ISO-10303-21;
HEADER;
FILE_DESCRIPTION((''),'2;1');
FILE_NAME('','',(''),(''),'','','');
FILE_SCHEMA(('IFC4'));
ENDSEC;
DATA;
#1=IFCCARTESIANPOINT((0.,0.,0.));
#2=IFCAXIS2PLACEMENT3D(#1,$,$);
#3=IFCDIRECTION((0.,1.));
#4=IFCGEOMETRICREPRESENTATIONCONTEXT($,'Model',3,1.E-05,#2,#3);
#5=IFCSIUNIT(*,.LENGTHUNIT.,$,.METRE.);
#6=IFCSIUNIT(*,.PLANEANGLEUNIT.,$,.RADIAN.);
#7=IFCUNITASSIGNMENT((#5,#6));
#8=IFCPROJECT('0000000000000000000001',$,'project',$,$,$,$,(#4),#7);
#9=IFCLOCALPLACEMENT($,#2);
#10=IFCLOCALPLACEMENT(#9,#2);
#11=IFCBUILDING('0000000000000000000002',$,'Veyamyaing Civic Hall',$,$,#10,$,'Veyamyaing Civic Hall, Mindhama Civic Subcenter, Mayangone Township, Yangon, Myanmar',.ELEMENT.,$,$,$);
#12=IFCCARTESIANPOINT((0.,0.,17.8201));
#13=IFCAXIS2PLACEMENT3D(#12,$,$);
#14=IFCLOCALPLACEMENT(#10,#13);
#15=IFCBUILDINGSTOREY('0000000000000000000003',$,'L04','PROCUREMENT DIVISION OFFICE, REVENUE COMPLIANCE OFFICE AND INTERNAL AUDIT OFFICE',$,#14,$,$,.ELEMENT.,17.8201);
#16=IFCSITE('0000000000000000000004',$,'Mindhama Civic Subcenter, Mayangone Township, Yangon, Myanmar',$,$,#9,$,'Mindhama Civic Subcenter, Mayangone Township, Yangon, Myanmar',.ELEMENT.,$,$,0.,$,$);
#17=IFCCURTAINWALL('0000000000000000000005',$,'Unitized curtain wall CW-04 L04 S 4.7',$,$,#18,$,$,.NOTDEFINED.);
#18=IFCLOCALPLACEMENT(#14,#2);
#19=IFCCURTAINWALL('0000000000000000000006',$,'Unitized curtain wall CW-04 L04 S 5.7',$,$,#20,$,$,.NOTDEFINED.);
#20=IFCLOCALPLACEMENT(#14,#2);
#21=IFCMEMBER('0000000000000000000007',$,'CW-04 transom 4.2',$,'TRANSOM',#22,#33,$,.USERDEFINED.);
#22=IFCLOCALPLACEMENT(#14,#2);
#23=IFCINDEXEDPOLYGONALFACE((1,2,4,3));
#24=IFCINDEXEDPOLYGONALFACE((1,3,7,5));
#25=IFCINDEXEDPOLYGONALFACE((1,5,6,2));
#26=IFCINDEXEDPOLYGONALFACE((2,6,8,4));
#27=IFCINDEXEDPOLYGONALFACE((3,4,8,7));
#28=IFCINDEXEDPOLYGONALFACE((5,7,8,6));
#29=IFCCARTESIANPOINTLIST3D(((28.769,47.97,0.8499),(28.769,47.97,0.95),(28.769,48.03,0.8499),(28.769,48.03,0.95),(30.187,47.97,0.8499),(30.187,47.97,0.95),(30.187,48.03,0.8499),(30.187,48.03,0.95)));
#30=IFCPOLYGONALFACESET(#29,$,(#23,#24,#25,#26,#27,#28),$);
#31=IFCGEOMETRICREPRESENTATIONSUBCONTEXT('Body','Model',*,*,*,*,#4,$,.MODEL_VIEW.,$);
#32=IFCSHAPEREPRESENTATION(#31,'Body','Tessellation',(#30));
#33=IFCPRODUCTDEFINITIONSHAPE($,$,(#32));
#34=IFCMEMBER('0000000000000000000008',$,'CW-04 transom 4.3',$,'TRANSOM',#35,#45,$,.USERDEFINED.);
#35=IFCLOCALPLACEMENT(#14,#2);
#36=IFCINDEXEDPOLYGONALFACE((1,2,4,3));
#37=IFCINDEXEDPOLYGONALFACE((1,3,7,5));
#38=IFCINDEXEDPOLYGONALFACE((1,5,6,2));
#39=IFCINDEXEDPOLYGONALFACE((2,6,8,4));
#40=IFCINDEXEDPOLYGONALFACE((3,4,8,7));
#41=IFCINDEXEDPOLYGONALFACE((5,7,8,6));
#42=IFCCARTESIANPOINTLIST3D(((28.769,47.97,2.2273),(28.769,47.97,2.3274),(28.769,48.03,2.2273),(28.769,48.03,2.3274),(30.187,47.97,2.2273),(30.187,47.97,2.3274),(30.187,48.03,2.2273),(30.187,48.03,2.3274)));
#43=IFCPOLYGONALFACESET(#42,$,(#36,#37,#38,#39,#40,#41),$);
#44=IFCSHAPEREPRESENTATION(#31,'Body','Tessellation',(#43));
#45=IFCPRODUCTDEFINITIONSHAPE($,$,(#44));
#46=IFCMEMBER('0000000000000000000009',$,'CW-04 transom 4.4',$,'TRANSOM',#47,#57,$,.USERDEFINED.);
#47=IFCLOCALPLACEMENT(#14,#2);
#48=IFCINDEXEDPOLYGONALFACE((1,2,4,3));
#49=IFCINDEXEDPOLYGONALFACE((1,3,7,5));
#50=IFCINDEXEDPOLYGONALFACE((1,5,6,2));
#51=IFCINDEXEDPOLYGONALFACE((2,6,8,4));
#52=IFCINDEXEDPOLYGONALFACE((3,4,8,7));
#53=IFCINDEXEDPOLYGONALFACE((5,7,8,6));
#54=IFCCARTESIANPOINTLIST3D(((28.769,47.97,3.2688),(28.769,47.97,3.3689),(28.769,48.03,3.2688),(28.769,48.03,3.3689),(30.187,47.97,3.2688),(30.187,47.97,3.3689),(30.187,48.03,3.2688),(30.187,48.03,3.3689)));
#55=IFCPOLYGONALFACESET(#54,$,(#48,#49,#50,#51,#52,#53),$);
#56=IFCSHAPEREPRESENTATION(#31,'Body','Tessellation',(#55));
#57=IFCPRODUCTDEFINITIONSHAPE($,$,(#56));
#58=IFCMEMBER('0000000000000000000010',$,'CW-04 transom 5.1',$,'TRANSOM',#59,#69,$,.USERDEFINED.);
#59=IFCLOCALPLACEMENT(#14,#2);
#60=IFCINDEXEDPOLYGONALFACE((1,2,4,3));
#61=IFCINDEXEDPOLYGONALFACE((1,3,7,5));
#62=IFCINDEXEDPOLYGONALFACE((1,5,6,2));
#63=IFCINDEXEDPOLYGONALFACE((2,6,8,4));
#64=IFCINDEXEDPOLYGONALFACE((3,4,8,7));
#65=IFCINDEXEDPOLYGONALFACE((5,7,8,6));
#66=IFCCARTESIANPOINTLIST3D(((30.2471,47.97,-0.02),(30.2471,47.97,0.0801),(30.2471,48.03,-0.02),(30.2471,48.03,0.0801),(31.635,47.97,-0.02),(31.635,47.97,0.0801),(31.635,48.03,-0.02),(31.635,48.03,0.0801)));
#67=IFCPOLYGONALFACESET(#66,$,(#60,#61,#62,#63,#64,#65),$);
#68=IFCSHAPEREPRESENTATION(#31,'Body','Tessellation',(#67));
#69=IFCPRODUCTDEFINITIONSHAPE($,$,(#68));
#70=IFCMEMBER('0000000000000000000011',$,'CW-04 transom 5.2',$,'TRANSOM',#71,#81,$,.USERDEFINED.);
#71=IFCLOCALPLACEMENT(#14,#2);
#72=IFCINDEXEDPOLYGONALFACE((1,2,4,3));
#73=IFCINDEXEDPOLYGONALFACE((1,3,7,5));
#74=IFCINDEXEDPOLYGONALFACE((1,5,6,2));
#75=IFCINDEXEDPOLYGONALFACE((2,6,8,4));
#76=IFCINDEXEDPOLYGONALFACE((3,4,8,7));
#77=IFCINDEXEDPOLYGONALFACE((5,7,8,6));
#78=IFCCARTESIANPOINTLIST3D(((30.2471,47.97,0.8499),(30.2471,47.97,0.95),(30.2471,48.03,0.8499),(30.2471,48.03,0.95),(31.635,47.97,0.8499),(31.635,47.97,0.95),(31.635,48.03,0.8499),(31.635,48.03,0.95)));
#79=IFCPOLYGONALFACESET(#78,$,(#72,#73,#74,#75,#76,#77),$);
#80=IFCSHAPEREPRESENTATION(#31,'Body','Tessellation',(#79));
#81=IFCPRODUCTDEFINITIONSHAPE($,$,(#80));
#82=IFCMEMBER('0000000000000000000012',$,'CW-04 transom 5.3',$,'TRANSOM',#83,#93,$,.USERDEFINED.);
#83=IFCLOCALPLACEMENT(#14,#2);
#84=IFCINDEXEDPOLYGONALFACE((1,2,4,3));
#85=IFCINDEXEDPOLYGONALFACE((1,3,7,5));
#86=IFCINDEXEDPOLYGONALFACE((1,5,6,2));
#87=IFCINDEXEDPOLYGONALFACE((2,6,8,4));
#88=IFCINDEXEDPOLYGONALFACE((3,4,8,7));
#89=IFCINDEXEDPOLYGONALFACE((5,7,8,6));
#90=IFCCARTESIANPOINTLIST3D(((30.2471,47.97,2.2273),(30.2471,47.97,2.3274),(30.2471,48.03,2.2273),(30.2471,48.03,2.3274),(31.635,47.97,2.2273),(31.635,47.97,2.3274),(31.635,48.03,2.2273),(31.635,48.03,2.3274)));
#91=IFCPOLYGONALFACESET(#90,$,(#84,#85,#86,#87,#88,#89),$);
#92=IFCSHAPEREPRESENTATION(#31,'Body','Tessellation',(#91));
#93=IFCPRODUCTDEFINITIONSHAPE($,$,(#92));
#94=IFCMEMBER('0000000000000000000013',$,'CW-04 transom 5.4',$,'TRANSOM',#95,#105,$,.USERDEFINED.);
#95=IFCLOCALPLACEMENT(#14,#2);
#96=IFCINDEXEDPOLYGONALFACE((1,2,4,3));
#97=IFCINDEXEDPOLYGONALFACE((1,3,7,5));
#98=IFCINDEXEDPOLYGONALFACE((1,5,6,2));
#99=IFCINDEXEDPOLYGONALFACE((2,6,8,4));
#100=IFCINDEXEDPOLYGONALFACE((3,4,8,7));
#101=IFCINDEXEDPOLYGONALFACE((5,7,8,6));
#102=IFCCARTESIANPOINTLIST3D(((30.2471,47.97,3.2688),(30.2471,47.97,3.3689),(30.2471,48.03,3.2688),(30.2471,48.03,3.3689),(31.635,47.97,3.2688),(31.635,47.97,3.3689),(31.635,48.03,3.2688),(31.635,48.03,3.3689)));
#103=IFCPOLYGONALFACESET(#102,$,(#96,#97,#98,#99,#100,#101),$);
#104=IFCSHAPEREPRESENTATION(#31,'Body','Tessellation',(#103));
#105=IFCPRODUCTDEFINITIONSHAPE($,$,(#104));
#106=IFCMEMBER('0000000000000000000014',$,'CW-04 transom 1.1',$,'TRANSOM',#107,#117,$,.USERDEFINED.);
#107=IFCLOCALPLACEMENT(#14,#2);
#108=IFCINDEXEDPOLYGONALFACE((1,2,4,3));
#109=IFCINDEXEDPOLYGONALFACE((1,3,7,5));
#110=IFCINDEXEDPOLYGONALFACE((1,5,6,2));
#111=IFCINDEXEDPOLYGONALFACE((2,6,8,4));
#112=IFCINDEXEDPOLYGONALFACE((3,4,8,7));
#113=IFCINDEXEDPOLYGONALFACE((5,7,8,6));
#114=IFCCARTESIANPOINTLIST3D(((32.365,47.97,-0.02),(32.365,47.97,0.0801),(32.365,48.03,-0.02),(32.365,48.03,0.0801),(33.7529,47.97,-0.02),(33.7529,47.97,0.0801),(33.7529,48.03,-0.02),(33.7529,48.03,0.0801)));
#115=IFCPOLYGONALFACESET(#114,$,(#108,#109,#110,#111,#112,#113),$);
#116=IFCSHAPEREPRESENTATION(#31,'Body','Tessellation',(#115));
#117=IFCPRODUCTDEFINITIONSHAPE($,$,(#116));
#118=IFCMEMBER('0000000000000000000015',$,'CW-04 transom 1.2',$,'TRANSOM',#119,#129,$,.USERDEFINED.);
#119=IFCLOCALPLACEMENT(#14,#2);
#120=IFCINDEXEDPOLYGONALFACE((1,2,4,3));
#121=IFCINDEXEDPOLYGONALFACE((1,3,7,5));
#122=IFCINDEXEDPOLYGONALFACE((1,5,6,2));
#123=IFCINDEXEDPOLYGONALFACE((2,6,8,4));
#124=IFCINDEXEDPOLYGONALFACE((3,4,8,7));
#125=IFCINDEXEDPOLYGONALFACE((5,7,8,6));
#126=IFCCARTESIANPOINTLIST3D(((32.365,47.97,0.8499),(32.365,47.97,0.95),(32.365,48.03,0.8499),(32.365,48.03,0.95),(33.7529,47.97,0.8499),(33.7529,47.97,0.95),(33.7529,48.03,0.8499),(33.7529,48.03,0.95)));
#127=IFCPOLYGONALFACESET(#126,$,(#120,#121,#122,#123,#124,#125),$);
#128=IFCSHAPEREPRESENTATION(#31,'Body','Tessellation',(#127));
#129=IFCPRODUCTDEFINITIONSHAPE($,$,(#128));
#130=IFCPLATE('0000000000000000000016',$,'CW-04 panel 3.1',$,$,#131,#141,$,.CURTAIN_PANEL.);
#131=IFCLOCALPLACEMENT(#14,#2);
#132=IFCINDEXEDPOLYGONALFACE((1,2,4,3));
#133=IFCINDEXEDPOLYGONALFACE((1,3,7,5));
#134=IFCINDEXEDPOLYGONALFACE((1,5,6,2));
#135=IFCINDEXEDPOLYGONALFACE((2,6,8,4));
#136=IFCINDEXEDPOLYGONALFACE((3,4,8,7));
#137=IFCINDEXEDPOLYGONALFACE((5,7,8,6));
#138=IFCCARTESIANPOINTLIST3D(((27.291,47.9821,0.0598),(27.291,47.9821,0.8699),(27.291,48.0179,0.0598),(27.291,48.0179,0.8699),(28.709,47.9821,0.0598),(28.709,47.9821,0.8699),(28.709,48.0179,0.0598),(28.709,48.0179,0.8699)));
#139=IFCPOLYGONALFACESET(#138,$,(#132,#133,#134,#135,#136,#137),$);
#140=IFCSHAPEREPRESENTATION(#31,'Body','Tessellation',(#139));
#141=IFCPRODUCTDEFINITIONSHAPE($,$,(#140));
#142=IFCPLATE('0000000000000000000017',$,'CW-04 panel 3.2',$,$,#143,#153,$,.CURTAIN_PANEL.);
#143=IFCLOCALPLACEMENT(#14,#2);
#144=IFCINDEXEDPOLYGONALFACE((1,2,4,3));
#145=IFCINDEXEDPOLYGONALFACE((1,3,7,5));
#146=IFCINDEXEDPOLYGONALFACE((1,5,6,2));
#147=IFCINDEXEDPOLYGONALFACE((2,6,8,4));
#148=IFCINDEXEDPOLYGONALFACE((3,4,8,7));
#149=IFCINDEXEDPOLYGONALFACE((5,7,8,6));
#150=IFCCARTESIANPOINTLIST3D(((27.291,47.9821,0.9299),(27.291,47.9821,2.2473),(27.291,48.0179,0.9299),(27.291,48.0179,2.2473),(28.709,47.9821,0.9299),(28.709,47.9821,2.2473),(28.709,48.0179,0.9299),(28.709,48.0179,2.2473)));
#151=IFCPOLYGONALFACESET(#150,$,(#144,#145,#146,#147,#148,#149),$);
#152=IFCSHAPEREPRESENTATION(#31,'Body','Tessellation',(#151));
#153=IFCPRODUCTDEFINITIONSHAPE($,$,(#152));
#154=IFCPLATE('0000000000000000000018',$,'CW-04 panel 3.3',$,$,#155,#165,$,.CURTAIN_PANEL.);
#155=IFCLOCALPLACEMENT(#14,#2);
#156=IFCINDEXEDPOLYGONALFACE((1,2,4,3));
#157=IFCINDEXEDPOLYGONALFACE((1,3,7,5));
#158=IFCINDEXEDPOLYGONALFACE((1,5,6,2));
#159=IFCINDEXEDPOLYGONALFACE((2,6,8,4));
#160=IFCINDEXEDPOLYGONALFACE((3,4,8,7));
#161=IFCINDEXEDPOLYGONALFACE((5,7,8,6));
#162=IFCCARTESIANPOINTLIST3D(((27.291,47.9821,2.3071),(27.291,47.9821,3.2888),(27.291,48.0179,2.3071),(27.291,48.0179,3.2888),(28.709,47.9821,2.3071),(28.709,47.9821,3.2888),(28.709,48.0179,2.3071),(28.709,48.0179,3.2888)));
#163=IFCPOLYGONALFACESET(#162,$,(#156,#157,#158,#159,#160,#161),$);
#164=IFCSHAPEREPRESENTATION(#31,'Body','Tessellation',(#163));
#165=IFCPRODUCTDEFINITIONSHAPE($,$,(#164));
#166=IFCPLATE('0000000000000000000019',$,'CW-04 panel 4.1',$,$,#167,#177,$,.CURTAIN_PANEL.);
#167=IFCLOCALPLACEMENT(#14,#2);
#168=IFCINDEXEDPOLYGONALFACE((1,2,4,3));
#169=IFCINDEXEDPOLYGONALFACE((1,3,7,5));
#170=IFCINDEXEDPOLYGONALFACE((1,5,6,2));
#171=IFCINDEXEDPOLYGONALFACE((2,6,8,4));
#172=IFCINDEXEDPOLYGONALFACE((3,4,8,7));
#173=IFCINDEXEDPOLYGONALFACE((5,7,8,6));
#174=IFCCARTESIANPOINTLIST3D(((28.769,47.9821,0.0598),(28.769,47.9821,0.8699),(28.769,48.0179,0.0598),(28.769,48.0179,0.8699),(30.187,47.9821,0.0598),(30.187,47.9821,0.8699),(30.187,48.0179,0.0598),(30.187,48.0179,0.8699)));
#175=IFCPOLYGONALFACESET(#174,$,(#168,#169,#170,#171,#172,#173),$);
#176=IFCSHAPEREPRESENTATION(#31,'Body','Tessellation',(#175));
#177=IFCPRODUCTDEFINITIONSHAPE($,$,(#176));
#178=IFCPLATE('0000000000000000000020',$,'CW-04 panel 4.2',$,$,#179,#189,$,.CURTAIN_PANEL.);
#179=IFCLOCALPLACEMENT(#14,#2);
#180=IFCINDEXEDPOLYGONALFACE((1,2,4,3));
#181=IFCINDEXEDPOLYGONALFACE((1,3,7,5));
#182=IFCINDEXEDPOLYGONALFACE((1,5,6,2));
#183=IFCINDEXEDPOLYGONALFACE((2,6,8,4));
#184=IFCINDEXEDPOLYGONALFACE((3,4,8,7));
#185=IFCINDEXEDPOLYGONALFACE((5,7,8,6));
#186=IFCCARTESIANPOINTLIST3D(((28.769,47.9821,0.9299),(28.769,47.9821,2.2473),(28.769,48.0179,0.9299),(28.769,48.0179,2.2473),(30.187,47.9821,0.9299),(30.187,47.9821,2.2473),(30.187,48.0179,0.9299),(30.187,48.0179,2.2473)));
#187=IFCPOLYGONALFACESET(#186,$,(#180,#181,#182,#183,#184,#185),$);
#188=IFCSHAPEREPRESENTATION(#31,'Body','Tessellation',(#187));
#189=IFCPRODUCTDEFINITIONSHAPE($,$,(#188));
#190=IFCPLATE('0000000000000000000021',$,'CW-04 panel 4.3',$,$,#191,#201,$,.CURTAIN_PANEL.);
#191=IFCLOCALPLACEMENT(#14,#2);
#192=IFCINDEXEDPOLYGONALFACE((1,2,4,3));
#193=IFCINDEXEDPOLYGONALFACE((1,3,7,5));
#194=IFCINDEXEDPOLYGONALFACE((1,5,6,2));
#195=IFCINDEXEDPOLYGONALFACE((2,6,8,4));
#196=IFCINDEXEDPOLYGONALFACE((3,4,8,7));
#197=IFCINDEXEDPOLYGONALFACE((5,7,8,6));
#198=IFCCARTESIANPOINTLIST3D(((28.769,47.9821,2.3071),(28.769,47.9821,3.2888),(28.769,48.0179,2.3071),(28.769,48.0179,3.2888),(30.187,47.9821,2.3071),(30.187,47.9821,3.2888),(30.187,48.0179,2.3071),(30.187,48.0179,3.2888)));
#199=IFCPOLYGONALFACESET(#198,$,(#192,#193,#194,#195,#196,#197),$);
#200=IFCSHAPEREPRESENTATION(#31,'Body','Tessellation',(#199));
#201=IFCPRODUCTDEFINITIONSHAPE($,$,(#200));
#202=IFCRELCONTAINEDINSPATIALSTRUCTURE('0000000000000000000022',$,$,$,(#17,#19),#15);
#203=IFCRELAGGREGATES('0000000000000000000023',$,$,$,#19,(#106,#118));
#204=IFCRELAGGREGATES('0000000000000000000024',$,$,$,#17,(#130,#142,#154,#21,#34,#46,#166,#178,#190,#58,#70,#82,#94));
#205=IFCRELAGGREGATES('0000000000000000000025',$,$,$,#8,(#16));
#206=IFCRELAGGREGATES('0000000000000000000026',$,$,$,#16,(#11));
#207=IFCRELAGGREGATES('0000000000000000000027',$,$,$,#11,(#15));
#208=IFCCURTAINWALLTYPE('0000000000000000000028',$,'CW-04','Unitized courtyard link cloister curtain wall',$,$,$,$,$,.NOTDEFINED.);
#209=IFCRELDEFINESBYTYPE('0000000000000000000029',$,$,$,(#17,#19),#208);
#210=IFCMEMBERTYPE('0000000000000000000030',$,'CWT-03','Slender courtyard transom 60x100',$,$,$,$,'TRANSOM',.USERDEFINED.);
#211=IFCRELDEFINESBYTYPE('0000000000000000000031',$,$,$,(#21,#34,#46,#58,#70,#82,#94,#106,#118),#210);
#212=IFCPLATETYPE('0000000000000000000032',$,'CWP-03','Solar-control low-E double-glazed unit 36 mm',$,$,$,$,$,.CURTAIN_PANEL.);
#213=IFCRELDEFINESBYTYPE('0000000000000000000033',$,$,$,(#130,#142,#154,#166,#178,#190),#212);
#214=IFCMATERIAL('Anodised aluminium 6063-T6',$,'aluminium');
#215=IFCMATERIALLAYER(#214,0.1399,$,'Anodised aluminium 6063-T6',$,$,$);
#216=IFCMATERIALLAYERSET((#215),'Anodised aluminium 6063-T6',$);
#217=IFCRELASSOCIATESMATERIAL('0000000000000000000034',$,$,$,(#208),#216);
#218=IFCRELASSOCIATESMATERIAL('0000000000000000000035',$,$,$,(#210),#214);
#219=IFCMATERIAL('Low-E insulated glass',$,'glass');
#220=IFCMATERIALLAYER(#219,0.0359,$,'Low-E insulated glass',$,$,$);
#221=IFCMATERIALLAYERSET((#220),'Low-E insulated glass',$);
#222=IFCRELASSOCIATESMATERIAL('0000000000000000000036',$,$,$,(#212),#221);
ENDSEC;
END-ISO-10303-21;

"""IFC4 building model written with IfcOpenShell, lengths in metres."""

from ifc_helpers import new_model, si_unit, direction, frame, origin, origin_2d, place, context, subcontext, project, spatial, rectangle, extrude, material, layer, layer_set, material_profile, profile_set, type_object, element, aggregate, save


model = new_model("IFC4")

# Units and contexts
model_context = context("Model", 3, precision=1e-05, world=origin(), true_north=direction((0.0, 1.0)))
body_context = subcontext(model_context, "Body", "Model", "MODEL_VIEW")
ifc_project = project(units=[si_unit("LENGTHUNIT", "METRE"), si_unit("PLANEANGLEUNIT", "RADIAN")], contexts=[model_context])

# Site, building, storey
site_placement = place(None, origin())
site = spatial("IfcSite", under=ifc_project, at=site_placement, Name="Mindhama Civic Subcenter, Mayangone Township, Yangon, Myanmar", LongName="Mindhama Civic Subcenter, Mayangone Township, Yangon, Myanmar", CompositionType="ELEMENT", RefElevation=0.0)
building_placement = place(site_placement, origin())
building = spatial("IfcBuilding", under=site, at=building_placement, Name="Veyamyaing Civic Hall", LongName="Veyamyaing Civic Hall, Mindhama Civic Subcenter, Mayangone Township, Yangon, Myanmar", CompositionType="ELEMENT")
storey_placement = place(building_placement, frame((0.0, 0.0, 17.8201)))
storey = spatial("IfcBuildingStorey", under=building, at=storey_placement, Name="L04", Description="PROCUREMENT DIVISION OFFICE, REVENUE COMPLIANCE OFFICE AND INTERNAL AUDIT OFFICE", CompositionType="ELEMENT", Elevation=17.8201)

# Curtain wall
ifc_material_1 = material(Name="Anodised aluminium 6063-T6", Category="aluminium")
ifc_layer_1 = layer(ifc_material_1, 0.1399, Name="Anodised aluminium 6063-T6")
ifc_layer_set_1 = layer_set([ifc_layer_1], Name="Anodised aluminium 6063-T6")
curtain_wall_type = type_object("IfcCurtainWallType", Name="CW-04", Description="Unitized courtyard link cloister curtain wall", PredefinedType="NOTDEFINED", material=ifc_layer_set_1)
curtain_wall_1_placement = place(storey_placement, origin())
curtain_wall_1 = element("IfcCurtainWall", 1, at=curtain_wall_1_placement, inside=storey, type_object=curtain_wall_type, Name="Unitized curtain wall CW-04 L04 S 4.7", PredefinedType="NOTDEFINED")

# Curtain wall
curtain_wall_2_placement = place(storey_placement, origin())
curtain_wall_2 = element("IfcCurtainWall", 2, at=curtain_wall_2_placement, inside=storey, type_object=curtain_wall_type, Name="Unitized curtain wall CW-04 L04 S 5.7", PredefinedType="NOTDEFINED")

# Members
ifc_material_profile_1 = material_profile(ifc_material_1, rectangle(XDim=0.0601, YDim=0.1001, at=origin_2d()), Name="ALU-TRN-60X100")
ifc_profile_set_1 = profile_set([ifc_material_profile_1], Name="Anodised aluminium 6063-T6")
member_type_1 = type_object("IfcMemberType", Name="CWT-03", Description="Slender courtyard transom 60x100", ElementType="TRANSOM", PredefinedType="USERDEFINED", material=ifc_profile_set_1)
member_1_placement = place(storey_placement, frame((28.769, 48.0, 0.8999), z_axis=(1.0, 0.0, 0.0), x_axis=(0.0, 1.0, 0.0)))
member_1 = element("IfcMember", 3, at=member_1_placement, type_object=member_type_1, Name="CW-04 transom 4.2", ObjectType="TRANSOM", PredefinedType="USERDEFINED", context=body_context, shape_type="SweptSolid", body=[
    extrude(rectangle(XDim=0.0601, YDim=0.1001, at=origin_2d()), origin(), (0.0, 0.0, 1.0), 1.418),
])
member_2_placement = place(storey_placement, frame((28.769, 48.0, 2.2773), z_axis=(1.0, 0.0, 0.0), x_axis=(0.0, 1.0, 0.0)))
member_2 = element("IfcMember", 4, at=member_2_placement, type_object=member_type_1, Name="CW-04 transom 4.3", ObjectType="TRANSOM", PredefinedType="USERDEFINED", context=body_context, shape_type="SweptSolid", body=[
    extrude(rectangle(XDim=0.0601, YDim=0.1001, at=origin_2d()), origin(), (0.0, 0.0, 1.0), 1.418),
])
member_3_placement = place(storey_placement, frame((28.769, 48.0, 3.3188), z_axis=(1.0, 0.0, 0.0), x_axis=(0.0, 1.0, 0.0)))
member_3 = element("IfcMember", 5, at=member_3_placement, type_object=member_type_1, Name="CW-04 transom 4.4", ObjectType="TRANSOM", PredefinedType="USERDEFINED", context=body_context, shape_type="SweptSolid", body=[
    extrude(rectangle(XDim=0.0601, YDim=0.1001, at=origin_2d()), origin(), (0.0, 0.0, 1.0), 1.418),
])
member_4_placement = place(storey_placement, frame((30.2471, 48.0, 0.03), z_axis=(1.0, 0.0, 0.0), x_axis=(0.0, 1.0, 0.0)))
member_4 = element("IfcMember", 6, at=member_4_placement, type_object=member_type_1, Name="CW-04 transom 5.1", ObjectType="TRANSOM", PredefinedType="USERDEFINED", context=body_context, shape_type="SweptSolid", body=[
    extrude(rectangle(XDim=0.0601, YDim=0.1001, at=origin_2d()), origin(), (0.0, 0.0, 1.0), 1.3879),
])
member_5_placement = place(storey_placement, frame((30.2471, 48.0, 0.8999), z_axis=(1.0, 0.0, 0.0), x_axis=(0.0, 1.0, 0.0)))
member_5 = element("IfcMember", 7, at=member_5_placement, type_object=member_type_1, Name="CW-04 transom 5.2", ObjectType="TRANSOM", PredefinedType="USERDEFINED", context=body_context, shape_type="SweptSolid", body=[
    extrude(rectangle(XDim=0.0601, YDim=0.1001, at=origin_2d()), origin(), (0.0, 0.0, 1.0), 1.3879),
])
member_6_placement = place(storey_placement, frame((30.2471, 48.0, 2.2773), z_axis=(1.0, 0.0, 0.0), x_axis=(0.0, 1.0, 0.0)))
member_6 = element("IfcMember", 8, at=member_6_placement, type_object=member_type_1, Name="CW-04 transom 5.3", ObjectType="TRANSOM", PredefinedType="USERDEFINED", context=body_context, shape_type="SweptSolid", body=[
    extrude(rectangle(XDim=0.0601, YDim=0.1001, at=origin_2d()), origin(), (0.0, 0.0, 1.0), 1.3879),
])
member_7_placement = place(storey_placement, frame((30.2471, 48.0, 3.3188), z_axis=(1.0, 0.0, 0.0), x_axis=(0.0, 1.0, 0.0)))
member_7 = element("IfcMember", 9, at=member_7_placement, type_object=member_type_1, Name="CW-04 transom 5.4", ObjectType="TRANSOM", PredefinedType="USERDEFINED", context=body_context, shape_type="SweptSolid", body=[
    extrude(rectangle(XDim=0.0601, YDim=0.1001, at=origin_2d()), origin(), (0.0, 0.0, 1.0), 1.3879),
])
member_8_placement = place(storey_placement, frame((32.365, 48.0, 0.03), z_axis=(1.0, 0.0, 0.0), x_axis=(0.0, 1.0, 0.0)))
member_8 = element("IfcMember", 10, at=member_8_placement, type_object=member_type_1, Name="CW-04 transom 1.1", ObjectType="TRANSOM", PredefinedType="USERDEFINED", context=body_context, shape_type="SweptSolid", body=[
    extrude(rectangle(XDim=0.0601, YDim=0.1001, at=origin_2d()), origin(), (0.0, 0.0, 1.0), 1.3879),
])
member_9_placement = place(storey_placement, frame((32.365, 48.0, 0.8999), z_axis=(1.0, 0.0, 0.0), x_axis=(0.0, 1.0, 0.0)))
member_9 = element("IfcMember", 11, at=member_9_placement, type_object=member_type_1, Name="CW-04 transom 1.2", ObjectType="TRANSOM", PredefinedType="USERDEFINED", context=body_context, shape_type="SweptSolid", body=[
    extrude(rectangle(XDim=0.0601, YDim=0.1001, at=origin_2d()), origin(), (0.0, 0.0, 1.0), 1.3879),
])
aggregate(curtain_wall_2, [member_8, member_9])

# Plates
ifc_material_2 = material(Name="Low-E insulated glass", Category="glass")
ifc_layer_2 = layer(ifc_material_2, 0.0359, Name="Low-E insulated glass")
ifc_layer_set_2 = layer_set([ifc_layer_2], Name="Low-E insulated glass")
plate_type = type_object("IfcPlateType", Name="CWP-03", Description="Solar-control low-E double-glazed unit 36 mm", PredefinedType="CURTAIN_PANEL", material=ifc_layer_set_2)
plate_1_placement = place(storey_placement, frame((28.0, 48.0, 0.0598), z_axis=(0.0, 0.0, 1.0), x_axis=(1.0, 0.0, 0.0)))
plate_1 = element("IfcPlate", 12, at=plate_1_placement, type_object=plate_type, Name="CW-04 panel 3.1", PredefinedType="CURTAIN_PANEL", context=body_context, shape_type="SweptSolid", body=[
    extrude(rectangle(XDim=1.418, YDim=0.0359, at=origin_2d()), origin(), (0.0, 0.0, 1.0), 0.8101),
])
plate_2_placement = place(storey_placement, frame((28.0, 48.0, 0.9299), z_axis=(0.0, 0.0, 1.0), x_axis=(1.0, 0.0, 0.0)))
plate_2 = element("IfcPlate", 13, at=plate_2_placement, type_object=plate_type, Name="CW-04 panel 3.2", PredefinedType="CURTAIN_PANEL", context=body_context, shape_type="SweptSolid", body=[
    extrude(rectangle(XDim=1.418, YDim=0.0359, at=origin_2d()), origin(), (0.0, 0.0, 1.0), 1.3174),
])
plate_3_placement = place(storey_placement, frame((28.0, 48.0, 2.3071), z_axis=(0.0, 0.0, 1.0), x_axis=(1.0, 0.0, 0.0)))
plate_3 = element("IfcPlate", 14, at=plate_3_placement, type_object=plate_type, Name="CW-04 panel 3.3", PredefinedType="CURTAIN_PANEL", context=body_context, shape_type="SweptSolid", body=[
    extrude(rectangle(XDim=1.418, YDim=0.0359, at=origin_2d()), origin(), (0.0, 0.0, 1.0), 0.9817),
])
plate_4_placement = place(storey_placement, frame((29.478, 48.0, 0.0598), z_axis=(0.0, 0.0, 1.0), x_axis=(1.0, 0.0, 0.0)))
plate_4 = element("IfcPlate", 15, at=plate_4_placement, type_object=plate_type, Name="CW-04 panel 4.1", PredefinedType="CURTAIN_PANEL", context=body_context, shape_type="SweptSolid", body=[
    extrude(rectangle(XDim=1.418, YDim=0.0359, at=origin_2d()), origin(), (0.0, 0.0, 1.0), 0.8101),
])
plate_5_placement = place(storey_placement, frame((29.478, 48.0, 0.9299), z_axis=(0.0, 0.0, 1.0), x_axis=(1.0, 0.0, 0.0)))
plate_5 = element("IfcPlate", 16, at=plate_5_placement, type_object=plate_type, Name="CW-04 panel 4.2", PredefinedType="CURTAIN_PANEL", context=body_context, shape_type="SweptSolid", body=[
    extrude(rectangle(XDim=1.418, YDim=0.0359, at=origin_2d()), origin(), (0.0, 0.0, 1.0), 1.3174),
])
plate_6_placement = place(storey_placement, frame((29.478, 48.0, 2.3071), z_axis=(0.0, 0.0, 1.0), x_axis=(1.0, 0.0, 0.0)))
plate_6 = element("IfcPlate", 17, at=plate_6_placement, type_object=plate_type, Name="CW-04 panel 4.3", PredefinedType="CURTAIN_PANEL", context=body_context, shape_type="SweptSolid", body=[
    extrude(rectangle(XDim=1.418, YDim=0.0359, at=origin_2d()), origin(), (0.0, 0.0, 1.0), 0.9817),
])
aggregate(curtain_wall_1, [plate_1, plate_2, plate_3, member_1, member_2, member_3, plate_4, plate_5, plate_6, member_4, member_5, member_6, member_7])

save(model, "model.ifc")
